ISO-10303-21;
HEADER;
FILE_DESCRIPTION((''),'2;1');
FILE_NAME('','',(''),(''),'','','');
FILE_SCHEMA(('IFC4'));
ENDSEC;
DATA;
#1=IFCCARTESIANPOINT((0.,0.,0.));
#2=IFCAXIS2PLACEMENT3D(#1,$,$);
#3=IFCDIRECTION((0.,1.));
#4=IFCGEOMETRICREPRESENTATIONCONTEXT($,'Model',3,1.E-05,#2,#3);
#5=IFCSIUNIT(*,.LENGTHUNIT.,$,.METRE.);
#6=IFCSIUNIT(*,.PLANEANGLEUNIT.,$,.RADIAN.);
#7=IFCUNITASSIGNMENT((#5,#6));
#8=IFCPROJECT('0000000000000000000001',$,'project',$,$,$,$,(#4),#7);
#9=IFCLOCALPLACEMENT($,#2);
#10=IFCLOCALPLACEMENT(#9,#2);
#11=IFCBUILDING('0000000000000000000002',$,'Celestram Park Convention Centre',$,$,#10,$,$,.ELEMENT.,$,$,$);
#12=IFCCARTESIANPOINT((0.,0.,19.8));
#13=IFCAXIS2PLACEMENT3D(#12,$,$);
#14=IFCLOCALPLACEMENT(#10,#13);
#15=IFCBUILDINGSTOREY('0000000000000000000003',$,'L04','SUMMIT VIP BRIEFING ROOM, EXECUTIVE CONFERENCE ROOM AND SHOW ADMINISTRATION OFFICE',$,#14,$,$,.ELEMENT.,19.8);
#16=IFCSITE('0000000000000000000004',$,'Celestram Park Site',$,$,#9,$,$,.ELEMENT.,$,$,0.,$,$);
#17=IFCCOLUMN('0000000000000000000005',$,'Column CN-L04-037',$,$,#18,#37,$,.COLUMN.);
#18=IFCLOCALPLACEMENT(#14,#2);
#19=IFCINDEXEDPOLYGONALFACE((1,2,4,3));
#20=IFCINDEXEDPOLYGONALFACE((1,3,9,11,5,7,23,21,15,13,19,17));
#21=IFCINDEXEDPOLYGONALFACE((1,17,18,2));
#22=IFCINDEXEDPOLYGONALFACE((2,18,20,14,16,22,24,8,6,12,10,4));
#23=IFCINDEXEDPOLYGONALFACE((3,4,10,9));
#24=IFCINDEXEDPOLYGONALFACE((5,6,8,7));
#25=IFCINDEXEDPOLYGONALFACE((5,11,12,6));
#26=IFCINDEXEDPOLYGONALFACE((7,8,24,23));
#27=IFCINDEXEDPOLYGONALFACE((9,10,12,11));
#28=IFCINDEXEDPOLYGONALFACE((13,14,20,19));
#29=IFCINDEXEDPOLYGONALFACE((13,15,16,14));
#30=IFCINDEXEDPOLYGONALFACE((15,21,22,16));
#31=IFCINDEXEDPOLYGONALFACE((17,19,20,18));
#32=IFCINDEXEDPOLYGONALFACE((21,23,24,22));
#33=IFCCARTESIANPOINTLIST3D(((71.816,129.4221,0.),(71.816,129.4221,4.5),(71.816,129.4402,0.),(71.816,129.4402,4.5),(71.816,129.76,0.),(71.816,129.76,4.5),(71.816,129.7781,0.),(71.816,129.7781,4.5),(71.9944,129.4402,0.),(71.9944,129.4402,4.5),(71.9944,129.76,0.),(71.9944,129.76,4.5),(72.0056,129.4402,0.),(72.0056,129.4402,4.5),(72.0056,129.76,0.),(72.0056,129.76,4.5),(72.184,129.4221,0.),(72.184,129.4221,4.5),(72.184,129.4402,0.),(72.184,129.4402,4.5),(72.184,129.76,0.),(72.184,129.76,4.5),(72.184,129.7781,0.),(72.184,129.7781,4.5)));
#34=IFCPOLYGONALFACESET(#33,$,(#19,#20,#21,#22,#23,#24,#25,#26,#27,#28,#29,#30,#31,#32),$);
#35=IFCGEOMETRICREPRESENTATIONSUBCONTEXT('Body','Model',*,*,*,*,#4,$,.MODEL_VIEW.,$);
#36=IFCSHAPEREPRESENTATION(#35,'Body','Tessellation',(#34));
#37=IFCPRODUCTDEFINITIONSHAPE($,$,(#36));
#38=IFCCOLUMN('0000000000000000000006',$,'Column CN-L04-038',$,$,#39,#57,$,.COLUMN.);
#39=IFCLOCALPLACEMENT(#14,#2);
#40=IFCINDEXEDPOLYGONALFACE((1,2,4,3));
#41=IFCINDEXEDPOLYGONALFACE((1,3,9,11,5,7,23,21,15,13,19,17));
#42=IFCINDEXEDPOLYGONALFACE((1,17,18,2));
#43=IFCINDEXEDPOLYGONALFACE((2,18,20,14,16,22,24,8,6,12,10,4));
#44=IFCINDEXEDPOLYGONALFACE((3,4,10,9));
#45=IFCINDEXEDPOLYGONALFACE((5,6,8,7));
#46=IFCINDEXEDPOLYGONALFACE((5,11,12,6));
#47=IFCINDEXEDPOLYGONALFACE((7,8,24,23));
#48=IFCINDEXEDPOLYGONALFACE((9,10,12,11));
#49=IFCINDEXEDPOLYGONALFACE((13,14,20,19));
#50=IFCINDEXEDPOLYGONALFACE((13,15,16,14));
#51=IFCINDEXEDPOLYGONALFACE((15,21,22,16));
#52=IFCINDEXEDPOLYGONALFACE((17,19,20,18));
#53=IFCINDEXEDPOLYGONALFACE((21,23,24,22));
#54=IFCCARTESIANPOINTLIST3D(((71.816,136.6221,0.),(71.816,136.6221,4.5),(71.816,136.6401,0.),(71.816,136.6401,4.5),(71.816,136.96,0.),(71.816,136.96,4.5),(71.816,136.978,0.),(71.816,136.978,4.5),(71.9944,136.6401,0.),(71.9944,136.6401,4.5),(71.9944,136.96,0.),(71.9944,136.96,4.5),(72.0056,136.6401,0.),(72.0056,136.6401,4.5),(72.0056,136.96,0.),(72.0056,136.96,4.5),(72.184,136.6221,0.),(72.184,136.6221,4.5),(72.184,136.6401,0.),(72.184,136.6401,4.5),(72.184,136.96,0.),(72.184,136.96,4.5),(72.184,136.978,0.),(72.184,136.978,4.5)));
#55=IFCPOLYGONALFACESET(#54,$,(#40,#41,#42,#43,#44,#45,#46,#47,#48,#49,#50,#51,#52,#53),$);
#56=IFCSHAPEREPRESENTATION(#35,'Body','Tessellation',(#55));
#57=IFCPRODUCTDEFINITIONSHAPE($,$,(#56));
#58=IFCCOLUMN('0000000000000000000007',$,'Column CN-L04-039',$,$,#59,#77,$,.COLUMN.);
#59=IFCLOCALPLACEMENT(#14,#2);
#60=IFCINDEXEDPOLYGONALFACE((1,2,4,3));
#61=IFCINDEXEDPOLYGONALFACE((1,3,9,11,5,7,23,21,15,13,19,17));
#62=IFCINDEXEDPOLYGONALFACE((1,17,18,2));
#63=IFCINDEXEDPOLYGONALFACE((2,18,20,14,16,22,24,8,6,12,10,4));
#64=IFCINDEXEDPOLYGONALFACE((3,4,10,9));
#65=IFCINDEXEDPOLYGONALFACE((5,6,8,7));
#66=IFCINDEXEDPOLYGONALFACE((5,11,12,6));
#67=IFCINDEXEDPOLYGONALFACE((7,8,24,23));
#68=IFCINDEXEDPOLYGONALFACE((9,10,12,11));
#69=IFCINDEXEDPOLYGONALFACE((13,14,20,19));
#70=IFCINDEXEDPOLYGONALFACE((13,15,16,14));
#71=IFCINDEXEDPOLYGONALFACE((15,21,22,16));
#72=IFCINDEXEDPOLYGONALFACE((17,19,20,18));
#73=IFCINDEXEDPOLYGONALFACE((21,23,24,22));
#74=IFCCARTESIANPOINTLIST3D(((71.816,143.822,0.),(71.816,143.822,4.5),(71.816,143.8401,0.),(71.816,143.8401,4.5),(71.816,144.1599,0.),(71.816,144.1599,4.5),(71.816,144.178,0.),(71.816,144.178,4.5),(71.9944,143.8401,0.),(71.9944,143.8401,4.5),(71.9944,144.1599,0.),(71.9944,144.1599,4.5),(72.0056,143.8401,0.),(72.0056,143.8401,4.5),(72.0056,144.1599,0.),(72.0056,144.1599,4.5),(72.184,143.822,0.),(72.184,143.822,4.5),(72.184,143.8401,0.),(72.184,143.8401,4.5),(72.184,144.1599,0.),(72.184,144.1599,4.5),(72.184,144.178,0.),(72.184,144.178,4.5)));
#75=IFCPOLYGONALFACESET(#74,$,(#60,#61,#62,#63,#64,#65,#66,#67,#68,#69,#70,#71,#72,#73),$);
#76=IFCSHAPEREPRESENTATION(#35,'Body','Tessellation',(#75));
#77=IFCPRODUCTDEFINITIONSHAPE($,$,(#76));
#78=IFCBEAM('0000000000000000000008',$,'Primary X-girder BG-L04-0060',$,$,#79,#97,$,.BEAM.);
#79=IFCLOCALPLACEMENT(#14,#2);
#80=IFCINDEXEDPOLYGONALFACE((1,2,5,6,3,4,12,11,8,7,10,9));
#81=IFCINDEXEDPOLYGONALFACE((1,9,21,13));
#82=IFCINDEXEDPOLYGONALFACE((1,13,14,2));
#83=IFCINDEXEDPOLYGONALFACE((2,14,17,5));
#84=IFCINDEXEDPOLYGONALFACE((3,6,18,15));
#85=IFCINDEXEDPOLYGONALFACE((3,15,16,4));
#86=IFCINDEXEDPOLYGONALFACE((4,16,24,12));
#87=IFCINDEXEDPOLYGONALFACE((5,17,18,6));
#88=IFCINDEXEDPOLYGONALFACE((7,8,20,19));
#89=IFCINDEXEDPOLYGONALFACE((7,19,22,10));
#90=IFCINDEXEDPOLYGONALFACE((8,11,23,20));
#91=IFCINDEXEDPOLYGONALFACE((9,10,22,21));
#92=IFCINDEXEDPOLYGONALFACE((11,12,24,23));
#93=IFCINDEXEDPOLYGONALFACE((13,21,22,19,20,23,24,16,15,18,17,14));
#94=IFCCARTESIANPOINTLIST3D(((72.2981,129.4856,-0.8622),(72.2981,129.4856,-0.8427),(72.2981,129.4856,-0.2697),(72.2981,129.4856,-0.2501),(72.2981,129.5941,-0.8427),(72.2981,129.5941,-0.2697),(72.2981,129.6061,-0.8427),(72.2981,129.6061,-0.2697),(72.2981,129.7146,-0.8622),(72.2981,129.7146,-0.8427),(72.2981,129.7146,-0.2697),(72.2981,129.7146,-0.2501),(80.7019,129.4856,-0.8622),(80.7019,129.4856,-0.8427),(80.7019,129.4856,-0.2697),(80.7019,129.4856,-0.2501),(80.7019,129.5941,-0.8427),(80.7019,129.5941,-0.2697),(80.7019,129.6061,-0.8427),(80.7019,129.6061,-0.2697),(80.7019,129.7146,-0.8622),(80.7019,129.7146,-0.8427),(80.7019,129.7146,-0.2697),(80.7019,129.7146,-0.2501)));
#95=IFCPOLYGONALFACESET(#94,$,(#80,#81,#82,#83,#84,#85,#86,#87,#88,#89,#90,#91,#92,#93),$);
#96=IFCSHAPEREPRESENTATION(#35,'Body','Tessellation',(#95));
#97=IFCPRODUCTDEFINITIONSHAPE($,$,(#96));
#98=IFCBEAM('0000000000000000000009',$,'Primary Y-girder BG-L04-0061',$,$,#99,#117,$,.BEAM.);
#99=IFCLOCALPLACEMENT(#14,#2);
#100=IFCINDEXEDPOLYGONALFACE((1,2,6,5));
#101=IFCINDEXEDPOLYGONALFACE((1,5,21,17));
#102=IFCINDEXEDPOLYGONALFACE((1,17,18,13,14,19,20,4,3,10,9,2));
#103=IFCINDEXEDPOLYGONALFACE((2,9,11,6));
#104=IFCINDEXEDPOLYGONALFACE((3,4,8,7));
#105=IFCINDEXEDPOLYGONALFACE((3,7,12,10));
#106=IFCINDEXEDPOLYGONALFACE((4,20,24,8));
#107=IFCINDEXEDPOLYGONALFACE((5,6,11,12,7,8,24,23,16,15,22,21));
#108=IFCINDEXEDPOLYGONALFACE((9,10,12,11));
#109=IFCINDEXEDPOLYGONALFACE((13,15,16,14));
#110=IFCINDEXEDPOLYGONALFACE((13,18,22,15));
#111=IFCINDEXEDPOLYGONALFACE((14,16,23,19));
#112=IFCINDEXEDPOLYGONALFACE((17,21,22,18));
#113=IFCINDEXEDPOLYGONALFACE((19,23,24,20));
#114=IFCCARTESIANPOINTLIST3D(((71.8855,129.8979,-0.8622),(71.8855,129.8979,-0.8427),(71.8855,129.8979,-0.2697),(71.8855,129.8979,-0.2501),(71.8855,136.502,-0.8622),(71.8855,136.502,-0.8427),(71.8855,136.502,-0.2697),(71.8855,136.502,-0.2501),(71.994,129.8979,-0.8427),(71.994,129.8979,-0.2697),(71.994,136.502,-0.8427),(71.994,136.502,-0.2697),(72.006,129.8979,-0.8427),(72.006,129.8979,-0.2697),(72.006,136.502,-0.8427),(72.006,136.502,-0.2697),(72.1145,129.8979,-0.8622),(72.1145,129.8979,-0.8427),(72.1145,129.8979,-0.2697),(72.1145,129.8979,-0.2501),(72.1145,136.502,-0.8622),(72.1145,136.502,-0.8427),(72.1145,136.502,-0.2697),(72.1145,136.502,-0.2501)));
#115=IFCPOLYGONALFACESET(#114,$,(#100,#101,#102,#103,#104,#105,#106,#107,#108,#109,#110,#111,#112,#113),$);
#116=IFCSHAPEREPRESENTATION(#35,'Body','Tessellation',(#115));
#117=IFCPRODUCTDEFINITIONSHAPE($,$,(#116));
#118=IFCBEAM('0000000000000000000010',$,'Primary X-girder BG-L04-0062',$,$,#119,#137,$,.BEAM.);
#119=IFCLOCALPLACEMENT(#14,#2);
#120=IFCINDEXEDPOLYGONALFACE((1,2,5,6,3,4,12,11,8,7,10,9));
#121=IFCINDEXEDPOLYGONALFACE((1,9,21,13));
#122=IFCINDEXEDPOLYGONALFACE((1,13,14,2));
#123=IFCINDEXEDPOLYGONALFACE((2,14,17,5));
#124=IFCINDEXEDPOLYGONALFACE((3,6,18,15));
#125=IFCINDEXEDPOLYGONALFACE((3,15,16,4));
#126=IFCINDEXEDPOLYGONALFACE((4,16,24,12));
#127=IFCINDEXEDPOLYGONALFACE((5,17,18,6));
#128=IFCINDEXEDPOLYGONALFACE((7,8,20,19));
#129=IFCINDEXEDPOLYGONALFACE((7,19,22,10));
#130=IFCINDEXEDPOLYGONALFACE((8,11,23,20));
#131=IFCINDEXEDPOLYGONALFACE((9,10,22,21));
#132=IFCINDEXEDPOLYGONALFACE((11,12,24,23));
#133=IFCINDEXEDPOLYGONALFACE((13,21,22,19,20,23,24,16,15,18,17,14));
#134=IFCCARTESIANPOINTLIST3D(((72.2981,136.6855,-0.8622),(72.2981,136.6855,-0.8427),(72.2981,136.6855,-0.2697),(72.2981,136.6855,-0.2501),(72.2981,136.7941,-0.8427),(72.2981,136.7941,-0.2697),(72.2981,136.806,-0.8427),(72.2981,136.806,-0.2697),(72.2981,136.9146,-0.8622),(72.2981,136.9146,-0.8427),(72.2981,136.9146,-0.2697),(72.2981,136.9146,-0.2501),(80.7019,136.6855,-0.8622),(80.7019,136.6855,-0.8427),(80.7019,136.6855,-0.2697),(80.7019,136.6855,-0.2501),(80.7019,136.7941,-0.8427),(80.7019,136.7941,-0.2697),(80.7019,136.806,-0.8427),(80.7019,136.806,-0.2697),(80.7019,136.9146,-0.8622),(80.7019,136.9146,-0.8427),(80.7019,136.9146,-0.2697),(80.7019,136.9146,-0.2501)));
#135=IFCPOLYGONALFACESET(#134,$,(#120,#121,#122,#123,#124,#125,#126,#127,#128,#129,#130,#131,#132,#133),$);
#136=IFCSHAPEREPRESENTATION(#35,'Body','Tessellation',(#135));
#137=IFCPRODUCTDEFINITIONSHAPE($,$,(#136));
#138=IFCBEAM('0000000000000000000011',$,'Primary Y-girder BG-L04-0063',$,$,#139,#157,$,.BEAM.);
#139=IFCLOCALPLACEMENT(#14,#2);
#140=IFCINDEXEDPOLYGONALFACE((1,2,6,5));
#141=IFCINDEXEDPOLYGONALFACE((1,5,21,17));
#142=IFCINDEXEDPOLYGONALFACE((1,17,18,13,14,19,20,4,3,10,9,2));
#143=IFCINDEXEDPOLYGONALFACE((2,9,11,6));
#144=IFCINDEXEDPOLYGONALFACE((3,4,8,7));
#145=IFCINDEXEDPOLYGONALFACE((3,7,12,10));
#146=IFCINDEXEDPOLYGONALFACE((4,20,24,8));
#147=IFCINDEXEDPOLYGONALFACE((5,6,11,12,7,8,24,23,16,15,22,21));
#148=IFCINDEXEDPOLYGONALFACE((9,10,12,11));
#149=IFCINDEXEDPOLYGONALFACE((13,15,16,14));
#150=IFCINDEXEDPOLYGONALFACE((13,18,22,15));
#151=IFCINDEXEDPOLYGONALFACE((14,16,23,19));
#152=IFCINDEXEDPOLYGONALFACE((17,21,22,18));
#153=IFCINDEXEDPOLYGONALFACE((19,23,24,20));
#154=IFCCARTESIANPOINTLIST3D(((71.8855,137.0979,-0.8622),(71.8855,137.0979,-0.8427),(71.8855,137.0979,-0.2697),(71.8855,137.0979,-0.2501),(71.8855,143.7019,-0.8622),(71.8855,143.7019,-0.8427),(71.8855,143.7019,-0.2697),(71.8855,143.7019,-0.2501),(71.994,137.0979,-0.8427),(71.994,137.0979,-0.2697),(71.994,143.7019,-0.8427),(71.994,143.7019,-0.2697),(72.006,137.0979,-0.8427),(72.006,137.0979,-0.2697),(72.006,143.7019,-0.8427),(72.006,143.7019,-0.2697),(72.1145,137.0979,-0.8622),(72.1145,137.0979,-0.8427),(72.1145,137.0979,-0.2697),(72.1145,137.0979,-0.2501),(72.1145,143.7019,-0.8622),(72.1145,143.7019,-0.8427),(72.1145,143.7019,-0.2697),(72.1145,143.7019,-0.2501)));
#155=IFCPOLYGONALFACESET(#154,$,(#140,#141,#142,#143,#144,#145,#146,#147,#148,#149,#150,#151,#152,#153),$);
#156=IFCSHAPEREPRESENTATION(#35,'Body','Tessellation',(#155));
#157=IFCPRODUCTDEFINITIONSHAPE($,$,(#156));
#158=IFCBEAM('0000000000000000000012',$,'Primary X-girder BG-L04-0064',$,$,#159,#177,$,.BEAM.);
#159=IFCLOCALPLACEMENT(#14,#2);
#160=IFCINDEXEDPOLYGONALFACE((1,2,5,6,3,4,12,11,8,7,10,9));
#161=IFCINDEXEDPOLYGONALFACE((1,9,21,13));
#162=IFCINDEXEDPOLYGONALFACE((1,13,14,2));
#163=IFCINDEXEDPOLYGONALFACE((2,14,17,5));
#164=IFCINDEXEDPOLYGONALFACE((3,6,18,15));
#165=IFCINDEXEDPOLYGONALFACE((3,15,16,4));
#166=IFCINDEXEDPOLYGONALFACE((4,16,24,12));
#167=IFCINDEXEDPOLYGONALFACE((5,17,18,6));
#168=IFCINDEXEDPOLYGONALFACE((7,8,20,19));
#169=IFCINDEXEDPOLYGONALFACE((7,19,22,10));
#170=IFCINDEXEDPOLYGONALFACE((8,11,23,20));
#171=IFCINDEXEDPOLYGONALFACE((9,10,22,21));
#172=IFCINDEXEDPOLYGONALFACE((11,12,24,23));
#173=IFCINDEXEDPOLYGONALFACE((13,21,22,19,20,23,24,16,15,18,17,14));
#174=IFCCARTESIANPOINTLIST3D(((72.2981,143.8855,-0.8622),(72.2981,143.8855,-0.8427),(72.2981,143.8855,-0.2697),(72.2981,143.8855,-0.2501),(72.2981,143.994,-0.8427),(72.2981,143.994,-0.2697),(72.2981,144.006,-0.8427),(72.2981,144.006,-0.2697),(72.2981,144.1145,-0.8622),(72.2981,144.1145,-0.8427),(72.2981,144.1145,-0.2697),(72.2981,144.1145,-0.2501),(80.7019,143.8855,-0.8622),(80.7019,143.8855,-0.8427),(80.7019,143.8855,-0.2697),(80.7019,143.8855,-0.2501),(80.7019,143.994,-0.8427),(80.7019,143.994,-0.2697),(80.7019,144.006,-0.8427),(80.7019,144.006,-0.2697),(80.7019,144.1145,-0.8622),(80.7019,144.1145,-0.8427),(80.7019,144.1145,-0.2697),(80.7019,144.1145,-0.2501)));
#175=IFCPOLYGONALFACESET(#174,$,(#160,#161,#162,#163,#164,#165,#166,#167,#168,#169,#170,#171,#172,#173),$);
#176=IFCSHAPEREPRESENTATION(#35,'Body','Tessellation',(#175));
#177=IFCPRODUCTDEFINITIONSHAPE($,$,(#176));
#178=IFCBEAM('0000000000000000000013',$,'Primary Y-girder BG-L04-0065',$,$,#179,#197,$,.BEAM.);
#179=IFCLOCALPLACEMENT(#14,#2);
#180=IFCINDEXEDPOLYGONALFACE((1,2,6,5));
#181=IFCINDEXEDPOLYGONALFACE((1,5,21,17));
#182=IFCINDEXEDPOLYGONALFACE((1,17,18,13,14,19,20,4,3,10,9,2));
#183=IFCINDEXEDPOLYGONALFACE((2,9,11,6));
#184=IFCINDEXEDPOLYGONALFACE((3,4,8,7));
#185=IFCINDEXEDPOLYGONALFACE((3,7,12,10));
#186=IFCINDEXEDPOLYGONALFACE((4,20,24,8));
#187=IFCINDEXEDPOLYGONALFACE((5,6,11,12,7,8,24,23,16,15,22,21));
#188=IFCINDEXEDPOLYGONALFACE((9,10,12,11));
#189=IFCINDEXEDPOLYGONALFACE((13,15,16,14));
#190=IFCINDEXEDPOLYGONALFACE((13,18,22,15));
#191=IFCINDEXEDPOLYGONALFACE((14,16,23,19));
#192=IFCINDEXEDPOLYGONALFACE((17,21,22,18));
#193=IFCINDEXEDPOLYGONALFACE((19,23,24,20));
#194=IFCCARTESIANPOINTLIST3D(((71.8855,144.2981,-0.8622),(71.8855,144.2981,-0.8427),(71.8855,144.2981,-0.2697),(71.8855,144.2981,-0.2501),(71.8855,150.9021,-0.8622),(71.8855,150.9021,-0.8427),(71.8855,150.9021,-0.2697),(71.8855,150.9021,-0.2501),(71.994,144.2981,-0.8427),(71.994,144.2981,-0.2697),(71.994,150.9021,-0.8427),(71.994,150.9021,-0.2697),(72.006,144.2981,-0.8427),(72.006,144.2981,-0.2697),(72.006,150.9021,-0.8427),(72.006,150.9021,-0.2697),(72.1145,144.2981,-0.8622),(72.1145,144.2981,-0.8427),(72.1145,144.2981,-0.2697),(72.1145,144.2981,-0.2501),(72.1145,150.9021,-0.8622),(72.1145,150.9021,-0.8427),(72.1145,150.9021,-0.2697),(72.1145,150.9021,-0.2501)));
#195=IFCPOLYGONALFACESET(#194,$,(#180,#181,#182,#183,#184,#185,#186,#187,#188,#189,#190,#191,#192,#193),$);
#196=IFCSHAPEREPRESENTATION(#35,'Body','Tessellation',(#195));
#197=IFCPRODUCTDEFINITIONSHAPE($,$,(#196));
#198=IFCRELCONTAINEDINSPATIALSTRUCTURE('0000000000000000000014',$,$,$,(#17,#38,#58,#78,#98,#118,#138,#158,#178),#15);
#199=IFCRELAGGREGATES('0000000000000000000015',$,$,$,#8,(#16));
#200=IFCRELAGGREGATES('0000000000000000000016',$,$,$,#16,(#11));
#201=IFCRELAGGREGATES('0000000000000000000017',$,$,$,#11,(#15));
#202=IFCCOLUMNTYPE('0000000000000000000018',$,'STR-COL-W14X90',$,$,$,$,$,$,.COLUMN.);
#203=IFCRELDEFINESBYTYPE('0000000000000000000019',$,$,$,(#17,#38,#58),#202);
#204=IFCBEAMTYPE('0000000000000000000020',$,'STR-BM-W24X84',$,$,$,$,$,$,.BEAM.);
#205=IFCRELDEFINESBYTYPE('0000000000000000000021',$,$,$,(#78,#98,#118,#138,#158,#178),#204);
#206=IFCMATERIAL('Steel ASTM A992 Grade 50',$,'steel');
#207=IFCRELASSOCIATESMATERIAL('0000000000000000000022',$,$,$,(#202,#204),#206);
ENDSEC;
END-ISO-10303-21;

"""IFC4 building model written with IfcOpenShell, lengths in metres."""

from ifc_helpers import new_model, si_unit, direction, frame, origin, origin_2d, place, context, subcontext, project, spatial, i_section, extrude, material, material_profile, profile_set, type_object, element, save


model = new_model("IFC4")

# Units and contexts
model_context = context("Model", 3, precision=1e-05, world=origin(), true_north=direction((0.0, 1.0)))
body_context = subcontext(model_context, "Body", "Model", "MODEL_VIEW")
ifc_project = project(units=[si_unit("LENGTHUNIT", "METRE"), si_unit("PLANEANGLEUNIT", "RADIAN")], contexts=[model_context])

# Site, building, storey
site_placement = place(None, origin())
site = spatial("IfcSite", under=ifc_project, at=site_placement, Name="Celestram Park Site", CompositionType="ELEMENT", RefElevation=0.0)
building_placement = place(site_placement, origin())
building = spatial("IfcBuilding", under=site, at=building_placement, Name="Celestram Park Convention Centre", CompositionType="ELEMENT")
storey_placement = place(building_placement, frame((0.0, 0.0, 19.8)))
storey = spatial("IfcBuildingStorey", under=building, at=storey_placement, Name="L04", Description="SUMMIT VIP BRIEFING ROOM, EXECUTIVE CONFERENCE ROOM AND SHOW ADMINISTRATION OFFICE", CompositionType="ELEMENT", Elevation=19.8)

# Columns
ifc_material_1 = material(Name="Steel ASTM A992 Grade 50", Category="steel")
ifc_material_profile_1 = material_profile(ifc_material_1, i_section(OverallWidth=0.3679, OverallDepth=0.356, WebThickness=0.0112, FlangeThickness=0.0181, at=origin_2d()), Name="W14X90")
ifc_profile_set_1 = profile_set([ifc_material_profile_1], Name="Steel ASTM A992 Grade 50")
column_type = type_object("IfcColumnType", Name="STR-COL-W14X90", PredefinedType="COLUMN", material=ifc_profile_set_1)
for number, where, z_axis, x_axis, name in (
    (1, (72.0, 129.6001, 0.0), (0.0, 0.0, 1.0), (1.0, 0.0, 0.0), "Column CN-L04-037"),
    (2, (72.0, 136.8, 0.0), (0.0, 0.0, 1.0), (1.0, 0.0, 0.0), "Column CN-L04-038"),
    (3, (72.0, 144.0, 0.0), (0.0, 0.0, 1.0), (1.0, 0.0, 0.0), "Column CN-L04-039"),
):
    element("IfcColumn", number, at=place(storey_placement, frame(where, z_axis=z_axis, x_axis=x_axis)), inside=storey, type_object=column_type, Name=name, PredefinedType="COLUMN", context=body_context, shape_type="SweptSolid", body=[
        extrude(i_section(OverallWidth=0.3679, OverallDepth=0.356, WebThickness=0.0112, FlangeThickness=0.0181, at=origin_2d()), origin(), (0.0, 0.0, 1.0), 4.5),
    ])

# Beams
ifc_material_profile_2 = material_profile(ifc_material_1, i_section(OverallWidth=0.229, OverallDepth=0.6121, WebThickness=0.012, FlangeThickness=0.0195, at=origin_2d()), Name="W24X84")
ifc_profile_set_2 = profile_set([ifc_material_profile_2], Name="Steel ASTM A992 Grade 50")
beam_type = type_object("IfcBeamType", Name="STR-BM-W24X84", PredefinedType="BEAM", material=ifc_profile_set_2)
beam_1_placement = place(storey_placement, frame((72.2981, 129.6001, -0.5562), z_axis=(1.0, 0.0, 0.0), x_axis=(0.0, 1.0, 0.0)))
element("IfcBeam", 4, at=beam_1_placement, inside=storey, type_object=beam_type, Name="Primary X-girder BG-L04-0060", PredefinedType="BEAM", context=body_context, shape_type="SweptSolid", body=[
    extrude(i_section(OverallWidth=0.229, OverallDepth=0.6121, WebThickness=0.012, FlangeThickness=0.0195, at=origin_2d()), origin(), (0.0, 0.0, 1.0), 8.4038),
])
beam_2_placement = place(storey_placement, frame((72.0, 129.8979, -0.5562), z_axis=(0.0, 1.0, 0.0), x_axis=(-1.0, 0.0, 0.0)))
element("IfcBeam", 5, at=beam_2_placement, inside=storey, type_object=beam_type, Name="Primary Y-girder BG-L04-0061", PredefinedType="BEAM", context=body_context, shape_type="SweptSolid", body=[
    extrude(i_section(OverallWidth=0.229, OverallDepth=0.6121, WebThickness=0.012, FlangeThickness=0.0195, at=origin_2d()), origin(), (0.0, 0.0, 1.0), 6.604),
])
beam_3_placement = place(storey_placement, frame((72.2981, 136.8, -0.5562), z_axis=(1.0, 0.0, 0.0), x_axis=(0.0, 1.0, 0.0)))
element("IfcBeam", 6, at=beam_3_placement, inside=storey, type_object=beam_type, Name="Primary X-girder BG-L04-0062", PredefinedType="BEAM", context=body_context, shape_type="SweptSolid", body=[
    extrude(i_section(OverallWidth=0.229, OverallDepth=0.6121, WebThickness=0.012, FlangeThickness=0.0195, at=origin_2d()), origin(), (0.0, 0.0, 1.0), 8.4038),
])
beam_4_placement = place(storey_placement, frame((72.0, 137.0979, -0.5562), z_axis=(0.0, 1.0, 0.0), x_axis=(-1.0, 0.0, 0.0)))
element("IfcBeam", 7, at=beam_4_placement, inside=storey, type_object=beam_type, Name="Primary Y-girder BG-L04-0063", PredefinedType="BEAM", context=body_context, shape_type="SweptSolid", body=[
    extrude(i_section(OverallWidth=0.229, OverallDepth=0.6121, WebThickness=0.012, FlangeThickness=0.0195, at=origin_2d()), origin(), (0.0, 0.0, 1.0), 6.604),
])
beam_5_placement = place(storey_placement, frame((72.2981, 144.0, -0.5562), z_axis=(1.0, 0.0, 0.0), x_axis=(0.0, 1.0, 0.0)))
element("IfcBeam", 8, at=beam_5_placement, inside=storey, type_object=beam_type, Name="Primary X-girder BG-L04-0064", PredefinedType="BEAM", context=body_context, shape_type="SweptSolid", body=[
    extrude(i_section(OverallWidth=0.229, OverallDepth=0.6121, WebThickness=0.012, FlangeThickness=0.0195, at=origin_2d()), origin(), (0.0, 0.0, 1.0), 8.4038),
])
beam_6_placement = place(storey_placement, frame((72.0, 144.2981, -0.5562), z_axis=(0.0, 1.0, 0.0), x_axis=(-1.0, 0.0, 0.0)))
element("IfcBeam", 9, at=beam_6_placement, inside=storey, type_object=beam_type, Name="Primary Y-girder BG-L04-0065", PredefinedType="BEAM", context=body_context, shape_type="SweptSolid", body=[
    extrude(i_section(OverallWidth=0.229, OverallDepth=0.6121, WebThickness=0.012, FlangeThickness=0.0195, at=origin_2d()), origin(), (0.0, 0.0, 1.0), 6.604),
])

save(model, "model.ifc")
